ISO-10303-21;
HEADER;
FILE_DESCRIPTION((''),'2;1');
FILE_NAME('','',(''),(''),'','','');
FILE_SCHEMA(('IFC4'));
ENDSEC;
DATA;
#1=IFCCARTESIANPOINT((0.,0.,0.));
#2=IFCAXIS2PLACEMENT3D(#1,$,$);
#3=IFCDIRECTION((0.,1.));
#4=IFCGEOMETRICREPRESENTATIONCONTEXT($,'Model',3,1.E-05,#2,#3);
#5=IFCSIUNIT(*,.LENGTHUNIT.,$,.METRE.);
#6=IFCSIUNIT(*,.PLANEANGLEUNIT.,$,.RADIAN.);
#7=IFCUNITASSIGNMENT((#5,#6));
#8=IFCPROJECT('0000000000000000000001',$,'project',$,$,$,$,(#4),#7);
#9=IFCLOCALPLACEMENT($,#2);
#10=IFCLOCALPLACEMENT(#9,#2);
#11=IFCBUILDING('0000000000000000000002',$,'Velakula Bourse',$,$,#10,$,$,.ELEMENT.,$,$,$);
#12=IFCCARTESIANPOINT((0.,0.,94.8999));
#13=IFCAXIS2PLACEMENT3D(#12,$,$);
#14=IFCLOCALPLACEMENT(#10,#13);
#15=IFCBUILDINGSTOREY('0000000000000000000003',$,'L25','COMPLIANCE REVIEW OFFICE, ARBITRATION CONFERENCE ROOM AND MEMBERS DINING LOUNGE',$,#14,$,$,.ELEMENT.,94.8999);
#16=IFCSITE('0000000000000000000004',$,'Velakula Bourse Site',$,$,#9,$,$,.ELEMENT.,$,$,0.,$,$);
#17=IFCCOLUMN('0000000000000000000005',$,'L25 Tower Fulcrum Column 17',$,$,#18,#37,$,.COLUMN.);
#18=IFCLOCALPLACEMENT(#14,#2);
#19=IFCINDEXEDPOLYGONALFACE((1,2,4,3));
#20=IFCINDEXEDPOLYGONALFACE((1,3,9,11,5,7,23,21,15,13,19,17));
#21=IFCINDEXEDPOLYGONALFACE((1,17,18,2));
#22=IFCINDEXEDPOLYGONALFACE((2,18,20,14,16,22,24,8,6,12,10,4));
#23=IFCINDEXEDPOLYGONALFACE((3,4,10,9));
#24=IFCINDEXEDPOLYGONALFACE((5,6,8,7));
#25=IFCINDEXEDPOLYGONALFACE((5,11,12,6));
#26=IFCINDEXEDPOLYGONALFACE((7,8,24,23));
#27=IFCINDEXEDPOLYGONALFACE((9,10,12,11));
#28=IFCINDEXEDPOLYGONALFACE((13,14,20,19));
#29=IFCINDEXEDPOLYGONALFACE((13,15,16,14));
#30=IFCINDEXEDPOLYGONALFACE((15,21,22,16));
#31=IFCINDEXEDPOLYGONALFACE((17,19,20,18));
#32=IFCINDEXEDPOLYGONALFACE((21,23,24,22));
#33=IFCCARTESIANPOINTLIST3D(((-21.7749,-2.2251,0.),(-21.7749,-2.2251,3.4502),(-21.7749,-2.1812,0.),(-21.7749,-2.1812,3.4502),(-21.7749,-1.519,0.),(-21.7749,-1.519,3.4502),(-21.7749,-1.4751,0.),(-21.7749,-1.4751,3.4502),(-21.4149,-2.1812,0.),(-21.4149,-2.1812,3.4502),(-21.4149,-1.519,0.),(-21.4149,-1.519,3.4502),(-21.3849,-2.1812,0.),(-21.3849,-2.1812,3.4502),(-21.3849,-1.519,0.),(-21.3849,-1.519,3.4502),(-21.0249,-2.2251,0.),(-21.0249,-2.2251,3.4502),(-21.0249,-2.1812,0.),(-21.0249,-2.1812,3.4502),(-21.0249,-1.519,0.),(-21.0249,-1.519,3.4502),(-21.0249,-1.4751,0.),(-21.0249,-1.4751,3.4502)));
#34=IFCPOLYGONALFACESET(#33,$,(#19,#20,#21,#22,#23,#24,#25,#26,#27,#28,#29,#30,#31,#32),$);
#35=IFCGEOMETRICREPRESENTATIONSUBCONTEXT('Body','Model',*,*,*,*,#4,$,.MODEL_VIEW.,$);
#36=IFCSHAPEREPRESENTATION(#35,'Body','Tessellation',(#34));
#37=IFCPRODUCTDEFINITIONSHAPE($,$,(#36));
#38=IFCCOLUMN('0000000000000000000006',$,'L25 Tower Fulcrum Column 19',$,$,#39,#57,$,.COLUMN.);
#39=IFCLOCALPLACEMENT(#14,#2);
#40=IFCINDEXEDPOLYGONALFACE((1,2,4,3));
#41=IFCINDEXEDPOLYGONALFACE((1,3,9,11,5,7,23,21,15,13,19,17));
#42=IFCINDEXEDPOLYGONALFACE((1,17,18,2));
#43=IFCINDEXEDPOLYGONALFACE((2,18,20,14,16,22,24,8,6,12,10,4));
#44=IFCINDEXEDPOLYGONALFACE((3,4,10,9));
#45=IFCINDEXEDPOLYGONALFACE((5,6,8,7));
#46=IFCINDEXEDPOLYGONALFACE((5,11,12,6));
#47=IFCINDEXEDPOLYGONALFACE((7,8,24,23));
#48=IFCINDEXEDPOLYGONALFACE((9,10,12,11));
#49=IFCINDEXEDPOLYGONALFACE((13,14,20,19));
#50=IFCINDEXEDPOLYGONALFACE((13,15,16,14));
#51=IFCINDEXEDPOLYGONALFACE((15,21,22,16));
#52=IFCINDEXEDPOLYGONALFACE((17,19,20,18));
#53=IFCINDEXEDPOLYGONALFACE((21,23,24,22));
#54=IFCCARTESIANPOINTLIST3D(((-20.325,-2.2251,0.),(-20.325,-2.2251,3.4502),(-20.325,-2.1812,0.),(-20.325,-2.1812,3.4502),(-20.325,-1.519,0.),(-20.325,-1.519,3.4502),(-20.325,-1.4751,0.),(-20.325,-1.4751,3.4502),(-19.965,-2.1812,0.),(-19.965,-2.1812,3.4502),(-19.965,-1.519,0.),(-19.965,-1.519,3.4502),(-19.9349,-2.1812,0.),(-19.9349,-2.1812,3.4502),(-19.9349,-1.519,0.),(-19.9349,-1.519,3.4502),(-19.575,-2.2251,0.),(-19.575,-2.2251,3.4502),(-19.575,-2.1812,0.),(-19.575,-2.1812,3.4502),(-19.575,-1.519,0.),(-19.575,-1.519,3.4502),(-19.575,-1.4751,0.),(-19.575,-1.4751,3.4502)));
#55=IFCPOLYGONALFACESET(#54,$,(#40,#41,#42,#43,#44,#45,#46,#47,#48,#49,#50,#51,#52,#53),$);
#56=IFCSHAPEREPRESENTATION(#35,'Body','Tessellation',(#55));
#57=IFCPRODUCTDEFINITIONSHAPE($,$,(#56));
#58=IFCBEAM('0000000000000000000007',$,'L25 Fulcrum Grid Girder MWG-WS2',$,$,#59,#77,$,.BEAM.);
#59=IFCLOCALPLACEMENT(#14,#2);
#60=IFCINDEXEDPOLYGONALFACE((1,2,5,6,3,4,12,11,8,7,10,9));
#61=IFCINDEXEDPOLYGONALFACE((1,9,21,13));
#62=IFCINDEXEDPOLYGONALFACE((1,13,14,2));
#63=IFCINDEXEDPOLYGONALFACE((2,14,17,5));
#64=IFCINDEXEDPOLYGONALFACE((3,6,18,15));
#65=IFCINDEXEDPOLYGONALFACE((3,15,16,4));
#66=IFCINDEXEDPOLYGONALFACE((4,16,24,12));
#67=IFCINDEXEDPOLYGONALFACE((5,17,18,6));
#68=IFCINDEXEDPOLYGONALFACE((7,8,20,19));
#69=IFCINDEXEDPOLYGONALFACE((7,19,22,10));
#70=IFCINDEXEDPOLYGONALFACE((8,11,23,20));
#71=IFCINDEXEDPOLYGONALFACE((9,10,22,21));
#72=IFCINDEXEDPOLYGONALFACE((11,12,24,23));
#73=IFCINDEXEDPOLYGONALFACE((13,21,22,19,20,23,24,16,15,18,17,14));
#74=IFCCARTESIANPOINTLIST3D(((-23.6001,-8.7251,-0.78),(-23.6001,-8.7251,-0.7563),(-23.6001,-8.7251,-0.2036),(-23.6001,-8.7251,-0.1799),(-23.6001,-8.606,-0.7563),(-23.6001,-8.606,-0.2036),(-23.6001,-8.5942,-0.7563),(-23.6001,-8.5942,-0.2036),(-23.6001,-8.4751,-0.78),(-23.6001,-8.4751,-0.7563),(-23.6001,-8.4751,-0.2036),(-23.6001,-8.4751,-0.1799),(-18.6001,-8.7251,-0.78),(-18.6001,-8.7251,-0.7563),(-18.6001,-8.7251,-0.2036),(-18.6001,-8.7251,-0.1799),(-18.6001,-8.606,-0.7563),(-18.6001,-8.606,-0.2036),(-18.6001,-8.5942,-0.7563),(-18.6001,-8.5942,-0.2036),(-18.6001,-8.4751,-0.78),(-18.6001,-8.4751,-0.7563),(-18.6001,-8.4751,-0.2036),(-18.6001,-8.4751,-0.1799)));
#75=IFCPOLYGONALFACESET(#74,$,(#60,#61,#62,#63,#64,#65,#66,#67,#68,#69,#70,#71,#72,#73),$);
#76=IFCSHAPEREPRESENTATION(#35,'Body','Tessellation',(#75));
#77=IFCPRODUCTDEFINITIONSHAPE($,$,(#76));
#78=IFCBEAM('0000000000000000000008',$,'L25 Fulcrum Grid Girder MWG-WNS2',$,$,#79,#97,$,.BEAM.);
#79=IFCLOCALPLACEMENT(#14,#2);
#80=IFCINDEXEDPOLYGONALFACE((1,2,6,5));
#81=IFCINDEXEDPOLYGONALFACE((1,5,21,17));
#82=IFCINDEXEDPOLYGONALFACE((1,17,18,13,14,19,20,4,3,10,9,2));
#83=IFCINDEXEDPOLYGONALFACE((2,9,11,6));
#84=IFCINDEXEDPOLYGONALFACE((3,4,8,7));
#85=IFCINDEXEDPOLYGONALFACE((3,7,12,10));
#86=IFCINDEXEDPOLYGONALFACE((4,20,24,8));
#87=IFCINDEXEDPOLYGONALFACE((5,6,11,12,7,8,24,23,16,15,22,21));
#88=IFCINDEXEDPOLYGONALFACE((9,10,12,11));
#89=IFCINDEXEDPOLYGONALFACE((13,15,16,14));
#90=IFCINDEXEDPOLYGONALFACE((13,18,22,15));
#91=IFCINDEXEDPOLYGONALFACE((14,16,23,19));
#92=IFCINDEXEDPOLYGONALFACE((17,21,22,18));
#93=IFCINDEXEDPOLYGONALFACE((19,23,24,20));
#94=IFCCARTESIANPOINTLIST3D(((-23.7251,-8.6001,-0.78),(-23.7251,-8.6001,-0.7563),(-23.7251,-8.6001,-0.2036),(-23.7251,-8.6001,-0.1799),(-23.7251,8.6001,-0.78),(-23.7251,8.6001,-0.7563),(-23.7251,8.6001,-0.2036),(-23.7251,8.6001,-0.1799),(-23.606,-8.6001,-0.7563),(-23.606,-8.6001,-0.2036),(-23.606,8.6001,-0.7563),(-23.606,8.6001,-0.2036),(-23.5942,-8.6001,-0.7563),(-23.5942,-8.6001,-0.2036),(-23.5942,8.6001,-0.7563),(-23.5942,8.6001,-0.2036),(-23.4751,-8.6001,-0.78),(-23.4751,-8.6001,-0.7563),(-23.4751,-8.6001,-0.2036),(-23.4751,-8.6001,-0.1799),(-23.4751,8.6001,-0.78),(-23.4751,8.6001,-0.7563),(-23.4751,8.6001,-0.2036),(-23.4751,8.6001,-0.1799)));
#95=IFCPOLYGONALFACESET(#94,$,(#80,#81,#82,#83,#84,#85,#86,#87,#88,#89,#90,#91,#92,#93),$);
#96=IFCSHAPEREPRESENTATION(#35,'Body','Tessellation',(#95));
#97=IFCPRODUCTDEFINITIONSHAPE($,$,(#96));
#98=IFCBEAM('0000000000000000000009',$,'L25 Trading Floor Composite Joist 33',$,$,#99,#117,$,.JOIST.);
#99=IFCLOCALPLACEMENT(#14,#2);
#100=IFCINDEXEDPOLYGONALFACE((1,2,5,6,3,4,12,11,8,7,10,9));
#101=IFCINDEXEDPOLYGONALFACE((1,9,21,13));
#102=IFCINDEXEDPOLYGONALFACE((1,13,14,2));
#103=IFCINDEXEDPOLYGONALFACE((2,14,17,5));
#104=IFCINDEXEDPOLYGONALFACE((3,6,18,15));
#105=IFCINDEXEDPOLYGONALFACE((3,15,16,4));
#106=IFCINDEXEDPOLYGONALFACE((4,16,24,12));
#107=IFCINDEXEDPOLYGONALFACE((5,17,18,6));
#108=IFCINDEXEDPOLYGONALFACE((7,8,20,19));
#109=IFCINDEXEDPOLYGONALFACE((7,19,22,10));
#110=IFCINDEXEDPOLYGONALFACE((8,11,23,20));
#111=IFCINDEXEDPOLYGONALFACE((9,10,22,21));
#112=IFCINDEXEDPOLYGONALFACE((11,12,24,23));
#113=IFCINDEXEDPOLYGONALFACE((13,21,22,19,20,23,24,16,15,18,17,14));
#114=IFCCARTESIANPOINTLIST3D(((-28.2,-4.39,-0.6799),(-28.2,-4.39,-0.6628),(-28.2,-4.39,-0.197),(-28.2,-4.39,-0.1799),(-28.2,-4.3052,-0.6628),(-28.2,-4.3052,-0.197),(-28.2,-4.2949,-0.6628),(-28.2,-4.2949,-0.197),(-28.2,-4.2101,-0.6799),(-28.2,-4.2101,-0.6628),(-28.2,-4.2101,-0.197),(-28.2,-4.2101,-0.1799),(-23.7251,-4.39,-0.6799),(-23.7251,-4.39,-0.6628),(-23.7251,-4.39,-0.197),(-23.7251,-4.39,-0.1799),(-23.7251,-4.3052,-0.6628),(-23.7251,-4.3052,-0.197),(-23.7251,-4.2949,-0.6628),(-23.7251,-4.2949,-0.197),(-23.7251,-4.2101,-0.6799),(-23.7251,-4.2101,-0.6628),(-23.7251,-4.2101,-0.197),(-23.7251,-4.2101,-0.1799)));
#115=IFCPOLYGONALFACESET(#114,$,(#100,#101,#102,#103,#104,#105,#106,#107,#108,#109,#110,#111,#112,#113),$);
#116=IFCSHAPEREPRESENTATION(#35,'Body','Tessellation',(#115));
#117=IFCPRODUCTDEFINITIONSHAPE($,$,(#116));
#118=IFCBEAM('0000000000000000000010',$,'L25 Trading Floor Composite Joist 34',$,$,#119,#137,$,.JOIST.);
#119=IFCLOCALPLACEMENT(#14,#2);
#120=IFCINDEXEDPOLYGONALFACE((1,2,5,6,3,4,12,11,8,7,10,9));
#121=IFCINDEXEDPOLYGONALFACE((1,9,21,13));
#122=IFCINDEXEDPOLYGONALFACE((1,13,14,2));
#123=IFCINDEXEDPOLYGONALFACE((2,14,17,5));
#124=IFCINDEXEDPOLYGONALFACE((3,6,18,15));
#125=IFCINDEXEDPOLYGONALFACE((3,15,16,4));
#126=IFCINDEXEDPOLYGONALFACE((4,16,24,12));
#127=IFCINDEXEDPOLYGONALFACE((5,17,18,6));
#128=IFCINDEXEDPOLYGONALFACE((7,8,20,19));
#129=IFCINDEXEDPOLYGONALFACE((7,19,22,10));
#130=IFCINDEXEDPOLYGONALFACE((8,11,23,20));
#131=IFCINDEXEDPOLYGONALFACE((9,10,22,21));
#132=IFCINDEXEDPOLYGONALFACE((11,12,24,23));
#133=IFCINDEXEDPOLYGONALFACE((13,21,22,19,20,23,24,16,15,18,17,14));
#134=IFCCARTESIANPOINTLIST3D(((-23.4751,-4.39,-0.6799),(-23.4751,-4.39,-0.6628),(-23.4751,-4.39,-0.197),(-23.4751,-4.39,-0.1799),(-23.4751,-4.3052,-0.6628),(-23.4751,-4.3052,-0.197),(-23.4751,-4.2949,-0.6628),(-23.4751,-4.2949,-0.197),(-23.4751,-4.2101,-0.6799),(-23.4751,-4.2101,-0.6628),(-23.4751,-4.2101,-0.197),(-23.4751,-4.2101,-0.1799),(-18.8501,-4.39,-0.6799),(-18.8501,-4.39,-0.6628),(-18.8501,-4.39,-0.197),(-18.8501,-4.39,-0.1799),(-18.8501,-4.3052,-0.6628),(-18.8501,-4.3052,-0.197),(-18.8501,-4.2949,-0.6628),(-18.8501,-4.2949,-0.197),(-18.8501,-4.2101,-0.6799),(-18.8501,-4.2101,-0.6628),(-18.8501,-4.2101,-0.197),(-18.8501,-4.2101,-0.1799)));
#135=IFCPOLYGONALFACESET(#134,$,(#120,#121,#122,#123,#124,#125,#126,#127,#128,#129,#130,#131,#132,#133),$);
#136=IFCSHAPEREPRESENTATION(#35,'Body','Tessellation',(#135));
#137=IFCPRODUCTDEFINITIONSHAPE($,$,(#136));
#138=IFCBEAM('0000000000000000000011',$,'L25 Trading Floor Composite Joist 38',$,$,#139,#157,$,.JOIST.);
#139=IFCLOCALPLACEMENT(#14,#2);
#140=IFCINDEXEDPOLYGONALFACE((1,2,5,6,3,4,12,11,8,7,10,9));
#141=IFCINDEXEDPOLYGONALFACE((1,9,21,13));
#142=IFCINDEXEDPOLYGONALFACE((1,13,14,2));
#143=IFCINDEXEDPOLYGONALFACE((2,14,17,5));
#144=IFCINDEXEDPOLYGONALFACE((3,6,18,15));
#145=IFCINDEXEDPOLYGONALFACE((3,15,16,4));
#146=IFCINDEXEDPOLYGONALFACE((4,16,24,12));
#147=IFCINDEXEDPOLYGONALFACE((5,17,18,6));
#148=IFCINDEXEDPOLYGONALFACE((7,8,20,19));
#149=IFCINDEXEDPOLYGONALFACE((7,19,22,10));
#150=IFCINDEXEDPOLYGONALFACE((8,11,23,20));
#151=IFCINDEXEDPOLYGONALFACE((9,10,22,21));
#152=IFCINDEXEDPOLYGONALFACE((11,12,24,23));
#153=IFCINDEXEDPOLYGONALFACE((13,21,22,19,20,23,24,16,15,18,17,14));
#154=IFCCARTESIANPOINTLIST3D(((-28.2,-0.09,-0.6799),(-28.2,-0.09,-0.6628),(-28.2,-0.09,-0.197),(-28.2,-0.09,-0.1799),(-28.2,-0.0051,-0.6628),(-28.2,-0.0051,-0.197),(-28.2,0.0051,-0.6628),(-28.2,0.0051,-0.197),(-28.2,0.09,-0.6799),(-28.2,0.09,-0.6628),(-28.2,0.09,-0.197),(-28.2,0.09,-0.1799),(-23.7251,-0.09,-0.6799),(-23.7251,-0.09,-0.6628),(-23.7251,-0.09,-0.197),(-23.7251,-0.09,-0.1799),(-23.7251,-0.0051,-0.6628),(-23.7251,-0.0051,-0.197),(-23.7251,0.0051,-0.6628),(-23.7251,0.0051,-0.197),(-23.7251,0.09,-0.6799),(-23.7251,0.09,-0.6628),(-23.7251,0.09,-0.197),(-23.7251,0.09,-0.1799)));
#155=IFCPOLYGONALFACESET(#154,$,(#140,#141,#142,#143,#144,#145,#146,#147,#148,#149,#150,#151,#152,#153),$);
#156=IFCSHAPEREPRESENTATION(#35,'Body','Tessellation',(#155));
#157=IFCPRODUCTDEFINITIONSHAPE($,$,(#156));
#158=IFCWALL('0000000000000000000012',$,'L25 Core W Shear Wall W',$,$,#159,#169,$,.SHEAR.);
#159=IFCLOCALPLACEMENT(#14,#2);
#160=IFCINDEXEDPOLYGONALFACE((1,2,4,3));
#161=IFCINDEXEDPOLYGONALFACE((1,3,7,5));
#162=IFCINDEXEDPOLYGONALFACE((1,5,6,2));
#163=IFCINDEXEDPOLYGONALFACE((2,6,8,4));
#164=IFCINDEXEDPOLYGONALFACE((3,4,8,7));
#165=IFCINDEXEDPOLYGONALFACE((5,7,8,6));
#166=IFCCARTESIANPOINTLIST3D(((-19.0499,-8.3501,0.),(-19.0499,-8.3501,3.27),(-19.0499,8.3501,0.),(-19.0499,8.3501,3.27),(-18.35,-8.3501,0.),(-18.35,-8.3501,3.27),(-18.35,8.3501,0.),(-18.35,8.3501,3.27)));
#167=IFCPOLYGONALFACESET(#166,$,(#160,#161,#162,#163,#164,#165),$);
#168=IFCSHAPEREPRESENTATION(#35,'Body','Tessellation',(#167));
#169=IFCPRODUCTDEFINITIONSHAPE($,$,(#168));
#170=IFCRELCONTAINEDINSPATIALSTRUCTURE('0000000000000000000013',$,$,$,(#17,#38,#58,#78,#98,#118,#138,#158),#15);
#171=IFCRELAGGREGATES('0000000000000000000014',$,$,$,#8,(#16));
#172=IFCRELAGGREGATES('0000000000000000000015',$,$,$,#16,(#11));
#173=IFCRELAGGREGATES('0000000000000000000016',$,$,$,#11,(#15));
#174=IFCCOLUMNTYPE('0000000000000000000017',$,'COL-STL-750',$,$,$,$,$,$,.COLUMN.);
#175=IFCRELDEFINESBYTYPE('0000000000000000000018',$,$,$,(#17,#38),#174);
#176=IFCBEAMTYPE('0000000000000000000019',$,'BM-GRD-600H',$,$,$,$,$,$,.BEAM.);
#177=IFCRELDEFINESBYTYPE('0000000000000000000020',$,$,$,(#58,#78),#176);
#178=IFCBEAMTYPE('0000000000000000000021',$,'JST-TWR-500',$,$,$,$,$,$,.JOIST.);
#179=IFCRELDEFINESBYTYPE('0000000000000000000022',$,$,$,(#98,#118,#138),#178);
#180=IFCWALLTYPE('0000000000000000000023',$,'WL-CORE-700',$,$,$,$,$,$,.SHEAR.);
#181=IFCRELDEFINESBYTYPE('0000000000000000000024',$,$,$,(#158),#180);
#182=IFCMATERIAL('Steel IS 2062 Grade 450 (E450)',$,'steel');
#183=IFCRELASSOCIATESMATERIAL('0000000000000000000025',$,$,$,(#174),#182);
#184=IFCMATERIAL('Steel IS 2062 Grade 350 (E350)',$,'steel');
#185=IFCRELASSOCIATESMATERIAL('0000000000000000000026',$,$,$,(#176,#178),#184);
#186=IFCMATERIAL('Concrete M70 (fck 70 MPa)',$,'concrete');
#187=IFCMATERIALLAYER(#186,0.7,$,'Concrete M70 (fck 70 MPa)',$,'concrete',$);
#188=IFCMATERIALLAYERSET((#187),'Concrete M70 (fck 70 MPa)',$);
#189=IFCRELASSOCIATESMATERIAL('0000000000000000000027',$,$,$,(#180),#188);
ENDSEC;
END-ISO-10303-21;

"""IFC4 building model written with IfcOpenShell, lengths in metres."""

from ifc_helpers import new_model, si_unit, direction, frame, frame_2d, origin, origin_2d, place, context, subcontext, project, spatial, rectangle, i_section, extrude, material, layer, layer_set, material_profile, profile_set, type_object, element, save


model = new_model("IFC4")

# Units and contexts
model_context = context("Model", 3, precision=1e-05, world=origin(), true_north=direction((0.0, 1.0)))
body_context = subcontext(model_context, "Body", "Model", "MODEL_VIEW")
ifc_project = project(units=[si_unit("LENGTHUNIT", "METRE"), si_unit("PLANEANGLEUNIT", "RADIAN")], contexts=[model_context])

# Site, building, storey
site_placement = place(None, origin())
site = spatial("IfcSite", under=ifc_project, at=site_placement, Name="Velakula Bourse Site", CompositionType="ELEMENT", RefElevation=0.0)
building_placement = place(site_placement, origin())
building = spatial("IfcBuilding", under=site, at=building_placement, Name="Velakula Bourse", CompositionType="ELEMENT")
storey_placement = place(building_placement, frame((0.0, 0.0, 94.8999)))
storey = spatial("IfcBuildingStorey", under=building, at=storey_placement, Name="L25", Description="COMPLIANCE REVIEW OFFICE, ARBITRATION CONFERENCE ROOM AND MEMBERS DINING LOUNGE", CompositionType="ELEMENT", Elevation=94.8999)

# Columns
ifc_material_1 = material(Name="Steel IS 2062 Grade 450 (E450)", Category="steel")
ifc_material_profile_1 = material_profile(ifc_material_1, i_section(OverallWidth=0.75, OverallDepth=0.75, WebThickness=0.03, FlangeThickness=0.0439, at=origin_2d()), Name="Steel IS 2062 Grade 450 (E450)")
ifc_profile_set_1 = profile_set([ifc_material_profile_1], Name="Steel IS 2062 Grade 450 (E450)")
column_type = type_object("IfcColumnType", Name="COL-STL-750", PredefinedType="COLUMN", material=ifc_profile_set_1)
for number, where, z_axis, x_axis, name in (
    (1, (-21.3999, -1.8501, 0.0), (0.0, 0.0, 1.0), (1.0, 0.0, 0.0), "L25 Tower Fulcrum Column 17"),
    (2, (-19.95, -1.8501, 0.0), (0.0, 0.0, 1.0), (1.0, 0.0, 0.0), "L25 Tower Fulcrum Column 19"),
):
    element("IfcColumn", number, at=place(storey_placement, frame(where, z_axis=z_axis, x_axis=x_axis)), inside=storey, type_object=column_type, Name=name, PredefinedType="COLUMN", context=body_context, shape_type="SweptSolid", body=[
        extrude(i_section(OverallWidth=0.75, OverallDepth=0.75, WebThickness=0.03, FlangeThickness=0.0439, at=origin_2d()), origin(), (0.0, 0.0, 1.0), 3.4502),
    ])

# Beams
ifc_material_2 = material(Name="Steel IS 2062 Grade 350 (E350)", Category="steel")
ifc_material_profile_2 = material_profile(ifc_material_2, i_section(OverallWidth=0.25, OverallDepth=0.6001, WebThickness=0.0117, FlangeThickness=0.0237, at=origin_2d()), Name="Steel IS 2062 Grade 350 (E350)")
ifc_profile_set_2 = profile_set([ifc_material_profile_2], Name="Steel IS 2062 Grade 350 (E350)")
beam_type_1 = type_object("IfcBeamType", Name="BM-GRD-600H", PredefinedType="BEAM", material=ifc_profile_set_2)
beam_1_placement = place(storey_placement, frame((-23.6001, -8.6001, -0.48), z_axis=(1.0, 0.0, 0.0), x_axis=(0.0, 1.0, 0.0)))
element("IfcBeam", 3, at=beam_1_placement, inside=storey, type_object=beam_type_1, Name="L25 Fulcrum Grid Girder MWG-WS2", PredefinedType="BEAM", context=body_context, shape_type="SweptSolid", body=[
    extrude(i_section(OverallWidth=0.25, OverallDepth=0.6001, WebThickness=0.0117, FlangeThickness=0.0237, at=origin_2d()), origin(), (0.0, 0.0, 1.0), 5.0),
])
beam_2_placement = place(storey_placement, frame((-23.6001, -8.6001, -0.48), z_axis=(0.0, 1.0, 0.0), x_axis=(-1.0, 0.0, 0.0)))
element("IfcBeam", 4, at=beam_2_placement, inside=storey, type_object=beam_type_1, Name="L25 Fulcrum Grid Girder MWG-WNS2", PredefinedType="BEAM", context=body_context, shape_type="SweptSolid", body=[
    extrude(i_section(OverallWidth=0.25, OverallDepth=0.6001, WebThickness=0.0117, FlangeThickness=0.0237, at=origin_2d()), origin(), (0.0, 0.0, 1.0), 17.2002),
])
ifc_material_profile_3 = material_profile(ifc_material_2, i_section(OverallWidth=0.1799, OverallDepth=0.5, WebThickness=0.0103, FlangeThickness=0.0171, at=origin_2d()), Name="Steel IS 2062 Grade 350 (E350)")
ifc_profile_set_3 = profile_set([ifc_material_profile_3], Name="Steel IS 2062 Grade 350 (E350)")
beam_type_2 = type_object("IfcBeamType", Name="JST-TWR-500", PredefinedType="JOIST", material=ifc_profile_set_3)
beam_3_placement = place(storey_placement, frame((-28.2, -4.3, -0.4299), z_axis=(1.0, 0.0, 0.0), x_axis=(0.0, 1.0, 0.0)))
element("IfcBeam", 5, at=beam_3_placement, inside=storey, type_object=beam_type_2, Name="L25 Trading Floor Composite Joist 33", PredefinedType="JOIST", context=body_context, shape_type="SweptSolid", body=[
    extrude(i_section(OverallWidth=0.1799, OverallDepth=0.5, WebThickness=0.0103, FlangeThickness=0.0171, at=origin_2d()), origin(), (0.0, 0.0, 1.0), 4.4749),
])
beam_4_placement = place(storey_placement, frame((-23.4751, -4.3, -0.4299), z_axis=(1.0, 0.0, 0.0), x_axis=(0.0, 1.0, 0.0)))
element("IfcBeam", 6, at=beam_4_placement, inside=storey, type_object=beam_type_2, Name="L25 Trading Floor Composite Joist 34", PredefinedType="JOIST", context=body_context, shape_type="SweptSolid", body=[
    extrude(i_section(OverallWidth=0.1799, OverallDepth=0.5, WebThickness=0.0103, FlangeThickness=0.0171, at=origin_2d()), origin(), (0.0, 0.0, 1.0), 4.625),
])
beam_5_placement = place(storey_placement, frame((-28.2, 0.0, -0.4299), z_axis=(1.0, 0.0, 0.0), x_axis=(0.0, 1.0, 0.0)))
element("IfcBeam", 7, at=beam_5_placement, inside=storey, type_object=beam_type_2, Name="L25 Trading Floor Composite Joist 38", PredefinedType="JOIST", context=body_context, shape_type="SweptSolid", body=[
    extrude(i_section(OverallWidth=0.1799, OverallDepth=0.5, WebThickness=0.0103, FlangeThickness=0.0171, at=origin_2d()), origin(), (0.0, 0.0, 1.0), 4.4749),
])

# Wall
ifc_material_3 = material(Name="Concrete M70 (fck 70 MPa)", Category="concrete")
ifc_layer_1 = layer(ifc_material_3, 0.7, Name="Concrete M70 (fck 70 MPa)", Category="concrete")
ifc_layer_set_1 = layer_set([ifc_layer_1], Name="Concrete M70 (fck 70 MPa)")
wall_type_1 = type_object("IfcWallType", Name="WL-CORE-700", PredefinedType="SHEAR", material=ifc_layer_set_1)
wall_1_placement = place(storey_placement, frame((-18.7, -8.3501, 0.0), z_axis=(0.0, 0.0, 1.0), x_axis=(0.0, 1.0, 0.0)))
element("IfcWall", 8, at=wall_1_placement, inside=storey, type_object=wall_type_1, Name="L25 Core W Shear Wall W", PredefinedType="SHEAR", context=body_context, shape_type="SweptSolid", body=[
    extrude(rectangle(XDim=16.7002, YDim=0.7, at=frame_2d((8.3501, 0.0))), origin(), (0.0, 0.0, 1.0), 3.27),
])

save(model, "model.ifc")
